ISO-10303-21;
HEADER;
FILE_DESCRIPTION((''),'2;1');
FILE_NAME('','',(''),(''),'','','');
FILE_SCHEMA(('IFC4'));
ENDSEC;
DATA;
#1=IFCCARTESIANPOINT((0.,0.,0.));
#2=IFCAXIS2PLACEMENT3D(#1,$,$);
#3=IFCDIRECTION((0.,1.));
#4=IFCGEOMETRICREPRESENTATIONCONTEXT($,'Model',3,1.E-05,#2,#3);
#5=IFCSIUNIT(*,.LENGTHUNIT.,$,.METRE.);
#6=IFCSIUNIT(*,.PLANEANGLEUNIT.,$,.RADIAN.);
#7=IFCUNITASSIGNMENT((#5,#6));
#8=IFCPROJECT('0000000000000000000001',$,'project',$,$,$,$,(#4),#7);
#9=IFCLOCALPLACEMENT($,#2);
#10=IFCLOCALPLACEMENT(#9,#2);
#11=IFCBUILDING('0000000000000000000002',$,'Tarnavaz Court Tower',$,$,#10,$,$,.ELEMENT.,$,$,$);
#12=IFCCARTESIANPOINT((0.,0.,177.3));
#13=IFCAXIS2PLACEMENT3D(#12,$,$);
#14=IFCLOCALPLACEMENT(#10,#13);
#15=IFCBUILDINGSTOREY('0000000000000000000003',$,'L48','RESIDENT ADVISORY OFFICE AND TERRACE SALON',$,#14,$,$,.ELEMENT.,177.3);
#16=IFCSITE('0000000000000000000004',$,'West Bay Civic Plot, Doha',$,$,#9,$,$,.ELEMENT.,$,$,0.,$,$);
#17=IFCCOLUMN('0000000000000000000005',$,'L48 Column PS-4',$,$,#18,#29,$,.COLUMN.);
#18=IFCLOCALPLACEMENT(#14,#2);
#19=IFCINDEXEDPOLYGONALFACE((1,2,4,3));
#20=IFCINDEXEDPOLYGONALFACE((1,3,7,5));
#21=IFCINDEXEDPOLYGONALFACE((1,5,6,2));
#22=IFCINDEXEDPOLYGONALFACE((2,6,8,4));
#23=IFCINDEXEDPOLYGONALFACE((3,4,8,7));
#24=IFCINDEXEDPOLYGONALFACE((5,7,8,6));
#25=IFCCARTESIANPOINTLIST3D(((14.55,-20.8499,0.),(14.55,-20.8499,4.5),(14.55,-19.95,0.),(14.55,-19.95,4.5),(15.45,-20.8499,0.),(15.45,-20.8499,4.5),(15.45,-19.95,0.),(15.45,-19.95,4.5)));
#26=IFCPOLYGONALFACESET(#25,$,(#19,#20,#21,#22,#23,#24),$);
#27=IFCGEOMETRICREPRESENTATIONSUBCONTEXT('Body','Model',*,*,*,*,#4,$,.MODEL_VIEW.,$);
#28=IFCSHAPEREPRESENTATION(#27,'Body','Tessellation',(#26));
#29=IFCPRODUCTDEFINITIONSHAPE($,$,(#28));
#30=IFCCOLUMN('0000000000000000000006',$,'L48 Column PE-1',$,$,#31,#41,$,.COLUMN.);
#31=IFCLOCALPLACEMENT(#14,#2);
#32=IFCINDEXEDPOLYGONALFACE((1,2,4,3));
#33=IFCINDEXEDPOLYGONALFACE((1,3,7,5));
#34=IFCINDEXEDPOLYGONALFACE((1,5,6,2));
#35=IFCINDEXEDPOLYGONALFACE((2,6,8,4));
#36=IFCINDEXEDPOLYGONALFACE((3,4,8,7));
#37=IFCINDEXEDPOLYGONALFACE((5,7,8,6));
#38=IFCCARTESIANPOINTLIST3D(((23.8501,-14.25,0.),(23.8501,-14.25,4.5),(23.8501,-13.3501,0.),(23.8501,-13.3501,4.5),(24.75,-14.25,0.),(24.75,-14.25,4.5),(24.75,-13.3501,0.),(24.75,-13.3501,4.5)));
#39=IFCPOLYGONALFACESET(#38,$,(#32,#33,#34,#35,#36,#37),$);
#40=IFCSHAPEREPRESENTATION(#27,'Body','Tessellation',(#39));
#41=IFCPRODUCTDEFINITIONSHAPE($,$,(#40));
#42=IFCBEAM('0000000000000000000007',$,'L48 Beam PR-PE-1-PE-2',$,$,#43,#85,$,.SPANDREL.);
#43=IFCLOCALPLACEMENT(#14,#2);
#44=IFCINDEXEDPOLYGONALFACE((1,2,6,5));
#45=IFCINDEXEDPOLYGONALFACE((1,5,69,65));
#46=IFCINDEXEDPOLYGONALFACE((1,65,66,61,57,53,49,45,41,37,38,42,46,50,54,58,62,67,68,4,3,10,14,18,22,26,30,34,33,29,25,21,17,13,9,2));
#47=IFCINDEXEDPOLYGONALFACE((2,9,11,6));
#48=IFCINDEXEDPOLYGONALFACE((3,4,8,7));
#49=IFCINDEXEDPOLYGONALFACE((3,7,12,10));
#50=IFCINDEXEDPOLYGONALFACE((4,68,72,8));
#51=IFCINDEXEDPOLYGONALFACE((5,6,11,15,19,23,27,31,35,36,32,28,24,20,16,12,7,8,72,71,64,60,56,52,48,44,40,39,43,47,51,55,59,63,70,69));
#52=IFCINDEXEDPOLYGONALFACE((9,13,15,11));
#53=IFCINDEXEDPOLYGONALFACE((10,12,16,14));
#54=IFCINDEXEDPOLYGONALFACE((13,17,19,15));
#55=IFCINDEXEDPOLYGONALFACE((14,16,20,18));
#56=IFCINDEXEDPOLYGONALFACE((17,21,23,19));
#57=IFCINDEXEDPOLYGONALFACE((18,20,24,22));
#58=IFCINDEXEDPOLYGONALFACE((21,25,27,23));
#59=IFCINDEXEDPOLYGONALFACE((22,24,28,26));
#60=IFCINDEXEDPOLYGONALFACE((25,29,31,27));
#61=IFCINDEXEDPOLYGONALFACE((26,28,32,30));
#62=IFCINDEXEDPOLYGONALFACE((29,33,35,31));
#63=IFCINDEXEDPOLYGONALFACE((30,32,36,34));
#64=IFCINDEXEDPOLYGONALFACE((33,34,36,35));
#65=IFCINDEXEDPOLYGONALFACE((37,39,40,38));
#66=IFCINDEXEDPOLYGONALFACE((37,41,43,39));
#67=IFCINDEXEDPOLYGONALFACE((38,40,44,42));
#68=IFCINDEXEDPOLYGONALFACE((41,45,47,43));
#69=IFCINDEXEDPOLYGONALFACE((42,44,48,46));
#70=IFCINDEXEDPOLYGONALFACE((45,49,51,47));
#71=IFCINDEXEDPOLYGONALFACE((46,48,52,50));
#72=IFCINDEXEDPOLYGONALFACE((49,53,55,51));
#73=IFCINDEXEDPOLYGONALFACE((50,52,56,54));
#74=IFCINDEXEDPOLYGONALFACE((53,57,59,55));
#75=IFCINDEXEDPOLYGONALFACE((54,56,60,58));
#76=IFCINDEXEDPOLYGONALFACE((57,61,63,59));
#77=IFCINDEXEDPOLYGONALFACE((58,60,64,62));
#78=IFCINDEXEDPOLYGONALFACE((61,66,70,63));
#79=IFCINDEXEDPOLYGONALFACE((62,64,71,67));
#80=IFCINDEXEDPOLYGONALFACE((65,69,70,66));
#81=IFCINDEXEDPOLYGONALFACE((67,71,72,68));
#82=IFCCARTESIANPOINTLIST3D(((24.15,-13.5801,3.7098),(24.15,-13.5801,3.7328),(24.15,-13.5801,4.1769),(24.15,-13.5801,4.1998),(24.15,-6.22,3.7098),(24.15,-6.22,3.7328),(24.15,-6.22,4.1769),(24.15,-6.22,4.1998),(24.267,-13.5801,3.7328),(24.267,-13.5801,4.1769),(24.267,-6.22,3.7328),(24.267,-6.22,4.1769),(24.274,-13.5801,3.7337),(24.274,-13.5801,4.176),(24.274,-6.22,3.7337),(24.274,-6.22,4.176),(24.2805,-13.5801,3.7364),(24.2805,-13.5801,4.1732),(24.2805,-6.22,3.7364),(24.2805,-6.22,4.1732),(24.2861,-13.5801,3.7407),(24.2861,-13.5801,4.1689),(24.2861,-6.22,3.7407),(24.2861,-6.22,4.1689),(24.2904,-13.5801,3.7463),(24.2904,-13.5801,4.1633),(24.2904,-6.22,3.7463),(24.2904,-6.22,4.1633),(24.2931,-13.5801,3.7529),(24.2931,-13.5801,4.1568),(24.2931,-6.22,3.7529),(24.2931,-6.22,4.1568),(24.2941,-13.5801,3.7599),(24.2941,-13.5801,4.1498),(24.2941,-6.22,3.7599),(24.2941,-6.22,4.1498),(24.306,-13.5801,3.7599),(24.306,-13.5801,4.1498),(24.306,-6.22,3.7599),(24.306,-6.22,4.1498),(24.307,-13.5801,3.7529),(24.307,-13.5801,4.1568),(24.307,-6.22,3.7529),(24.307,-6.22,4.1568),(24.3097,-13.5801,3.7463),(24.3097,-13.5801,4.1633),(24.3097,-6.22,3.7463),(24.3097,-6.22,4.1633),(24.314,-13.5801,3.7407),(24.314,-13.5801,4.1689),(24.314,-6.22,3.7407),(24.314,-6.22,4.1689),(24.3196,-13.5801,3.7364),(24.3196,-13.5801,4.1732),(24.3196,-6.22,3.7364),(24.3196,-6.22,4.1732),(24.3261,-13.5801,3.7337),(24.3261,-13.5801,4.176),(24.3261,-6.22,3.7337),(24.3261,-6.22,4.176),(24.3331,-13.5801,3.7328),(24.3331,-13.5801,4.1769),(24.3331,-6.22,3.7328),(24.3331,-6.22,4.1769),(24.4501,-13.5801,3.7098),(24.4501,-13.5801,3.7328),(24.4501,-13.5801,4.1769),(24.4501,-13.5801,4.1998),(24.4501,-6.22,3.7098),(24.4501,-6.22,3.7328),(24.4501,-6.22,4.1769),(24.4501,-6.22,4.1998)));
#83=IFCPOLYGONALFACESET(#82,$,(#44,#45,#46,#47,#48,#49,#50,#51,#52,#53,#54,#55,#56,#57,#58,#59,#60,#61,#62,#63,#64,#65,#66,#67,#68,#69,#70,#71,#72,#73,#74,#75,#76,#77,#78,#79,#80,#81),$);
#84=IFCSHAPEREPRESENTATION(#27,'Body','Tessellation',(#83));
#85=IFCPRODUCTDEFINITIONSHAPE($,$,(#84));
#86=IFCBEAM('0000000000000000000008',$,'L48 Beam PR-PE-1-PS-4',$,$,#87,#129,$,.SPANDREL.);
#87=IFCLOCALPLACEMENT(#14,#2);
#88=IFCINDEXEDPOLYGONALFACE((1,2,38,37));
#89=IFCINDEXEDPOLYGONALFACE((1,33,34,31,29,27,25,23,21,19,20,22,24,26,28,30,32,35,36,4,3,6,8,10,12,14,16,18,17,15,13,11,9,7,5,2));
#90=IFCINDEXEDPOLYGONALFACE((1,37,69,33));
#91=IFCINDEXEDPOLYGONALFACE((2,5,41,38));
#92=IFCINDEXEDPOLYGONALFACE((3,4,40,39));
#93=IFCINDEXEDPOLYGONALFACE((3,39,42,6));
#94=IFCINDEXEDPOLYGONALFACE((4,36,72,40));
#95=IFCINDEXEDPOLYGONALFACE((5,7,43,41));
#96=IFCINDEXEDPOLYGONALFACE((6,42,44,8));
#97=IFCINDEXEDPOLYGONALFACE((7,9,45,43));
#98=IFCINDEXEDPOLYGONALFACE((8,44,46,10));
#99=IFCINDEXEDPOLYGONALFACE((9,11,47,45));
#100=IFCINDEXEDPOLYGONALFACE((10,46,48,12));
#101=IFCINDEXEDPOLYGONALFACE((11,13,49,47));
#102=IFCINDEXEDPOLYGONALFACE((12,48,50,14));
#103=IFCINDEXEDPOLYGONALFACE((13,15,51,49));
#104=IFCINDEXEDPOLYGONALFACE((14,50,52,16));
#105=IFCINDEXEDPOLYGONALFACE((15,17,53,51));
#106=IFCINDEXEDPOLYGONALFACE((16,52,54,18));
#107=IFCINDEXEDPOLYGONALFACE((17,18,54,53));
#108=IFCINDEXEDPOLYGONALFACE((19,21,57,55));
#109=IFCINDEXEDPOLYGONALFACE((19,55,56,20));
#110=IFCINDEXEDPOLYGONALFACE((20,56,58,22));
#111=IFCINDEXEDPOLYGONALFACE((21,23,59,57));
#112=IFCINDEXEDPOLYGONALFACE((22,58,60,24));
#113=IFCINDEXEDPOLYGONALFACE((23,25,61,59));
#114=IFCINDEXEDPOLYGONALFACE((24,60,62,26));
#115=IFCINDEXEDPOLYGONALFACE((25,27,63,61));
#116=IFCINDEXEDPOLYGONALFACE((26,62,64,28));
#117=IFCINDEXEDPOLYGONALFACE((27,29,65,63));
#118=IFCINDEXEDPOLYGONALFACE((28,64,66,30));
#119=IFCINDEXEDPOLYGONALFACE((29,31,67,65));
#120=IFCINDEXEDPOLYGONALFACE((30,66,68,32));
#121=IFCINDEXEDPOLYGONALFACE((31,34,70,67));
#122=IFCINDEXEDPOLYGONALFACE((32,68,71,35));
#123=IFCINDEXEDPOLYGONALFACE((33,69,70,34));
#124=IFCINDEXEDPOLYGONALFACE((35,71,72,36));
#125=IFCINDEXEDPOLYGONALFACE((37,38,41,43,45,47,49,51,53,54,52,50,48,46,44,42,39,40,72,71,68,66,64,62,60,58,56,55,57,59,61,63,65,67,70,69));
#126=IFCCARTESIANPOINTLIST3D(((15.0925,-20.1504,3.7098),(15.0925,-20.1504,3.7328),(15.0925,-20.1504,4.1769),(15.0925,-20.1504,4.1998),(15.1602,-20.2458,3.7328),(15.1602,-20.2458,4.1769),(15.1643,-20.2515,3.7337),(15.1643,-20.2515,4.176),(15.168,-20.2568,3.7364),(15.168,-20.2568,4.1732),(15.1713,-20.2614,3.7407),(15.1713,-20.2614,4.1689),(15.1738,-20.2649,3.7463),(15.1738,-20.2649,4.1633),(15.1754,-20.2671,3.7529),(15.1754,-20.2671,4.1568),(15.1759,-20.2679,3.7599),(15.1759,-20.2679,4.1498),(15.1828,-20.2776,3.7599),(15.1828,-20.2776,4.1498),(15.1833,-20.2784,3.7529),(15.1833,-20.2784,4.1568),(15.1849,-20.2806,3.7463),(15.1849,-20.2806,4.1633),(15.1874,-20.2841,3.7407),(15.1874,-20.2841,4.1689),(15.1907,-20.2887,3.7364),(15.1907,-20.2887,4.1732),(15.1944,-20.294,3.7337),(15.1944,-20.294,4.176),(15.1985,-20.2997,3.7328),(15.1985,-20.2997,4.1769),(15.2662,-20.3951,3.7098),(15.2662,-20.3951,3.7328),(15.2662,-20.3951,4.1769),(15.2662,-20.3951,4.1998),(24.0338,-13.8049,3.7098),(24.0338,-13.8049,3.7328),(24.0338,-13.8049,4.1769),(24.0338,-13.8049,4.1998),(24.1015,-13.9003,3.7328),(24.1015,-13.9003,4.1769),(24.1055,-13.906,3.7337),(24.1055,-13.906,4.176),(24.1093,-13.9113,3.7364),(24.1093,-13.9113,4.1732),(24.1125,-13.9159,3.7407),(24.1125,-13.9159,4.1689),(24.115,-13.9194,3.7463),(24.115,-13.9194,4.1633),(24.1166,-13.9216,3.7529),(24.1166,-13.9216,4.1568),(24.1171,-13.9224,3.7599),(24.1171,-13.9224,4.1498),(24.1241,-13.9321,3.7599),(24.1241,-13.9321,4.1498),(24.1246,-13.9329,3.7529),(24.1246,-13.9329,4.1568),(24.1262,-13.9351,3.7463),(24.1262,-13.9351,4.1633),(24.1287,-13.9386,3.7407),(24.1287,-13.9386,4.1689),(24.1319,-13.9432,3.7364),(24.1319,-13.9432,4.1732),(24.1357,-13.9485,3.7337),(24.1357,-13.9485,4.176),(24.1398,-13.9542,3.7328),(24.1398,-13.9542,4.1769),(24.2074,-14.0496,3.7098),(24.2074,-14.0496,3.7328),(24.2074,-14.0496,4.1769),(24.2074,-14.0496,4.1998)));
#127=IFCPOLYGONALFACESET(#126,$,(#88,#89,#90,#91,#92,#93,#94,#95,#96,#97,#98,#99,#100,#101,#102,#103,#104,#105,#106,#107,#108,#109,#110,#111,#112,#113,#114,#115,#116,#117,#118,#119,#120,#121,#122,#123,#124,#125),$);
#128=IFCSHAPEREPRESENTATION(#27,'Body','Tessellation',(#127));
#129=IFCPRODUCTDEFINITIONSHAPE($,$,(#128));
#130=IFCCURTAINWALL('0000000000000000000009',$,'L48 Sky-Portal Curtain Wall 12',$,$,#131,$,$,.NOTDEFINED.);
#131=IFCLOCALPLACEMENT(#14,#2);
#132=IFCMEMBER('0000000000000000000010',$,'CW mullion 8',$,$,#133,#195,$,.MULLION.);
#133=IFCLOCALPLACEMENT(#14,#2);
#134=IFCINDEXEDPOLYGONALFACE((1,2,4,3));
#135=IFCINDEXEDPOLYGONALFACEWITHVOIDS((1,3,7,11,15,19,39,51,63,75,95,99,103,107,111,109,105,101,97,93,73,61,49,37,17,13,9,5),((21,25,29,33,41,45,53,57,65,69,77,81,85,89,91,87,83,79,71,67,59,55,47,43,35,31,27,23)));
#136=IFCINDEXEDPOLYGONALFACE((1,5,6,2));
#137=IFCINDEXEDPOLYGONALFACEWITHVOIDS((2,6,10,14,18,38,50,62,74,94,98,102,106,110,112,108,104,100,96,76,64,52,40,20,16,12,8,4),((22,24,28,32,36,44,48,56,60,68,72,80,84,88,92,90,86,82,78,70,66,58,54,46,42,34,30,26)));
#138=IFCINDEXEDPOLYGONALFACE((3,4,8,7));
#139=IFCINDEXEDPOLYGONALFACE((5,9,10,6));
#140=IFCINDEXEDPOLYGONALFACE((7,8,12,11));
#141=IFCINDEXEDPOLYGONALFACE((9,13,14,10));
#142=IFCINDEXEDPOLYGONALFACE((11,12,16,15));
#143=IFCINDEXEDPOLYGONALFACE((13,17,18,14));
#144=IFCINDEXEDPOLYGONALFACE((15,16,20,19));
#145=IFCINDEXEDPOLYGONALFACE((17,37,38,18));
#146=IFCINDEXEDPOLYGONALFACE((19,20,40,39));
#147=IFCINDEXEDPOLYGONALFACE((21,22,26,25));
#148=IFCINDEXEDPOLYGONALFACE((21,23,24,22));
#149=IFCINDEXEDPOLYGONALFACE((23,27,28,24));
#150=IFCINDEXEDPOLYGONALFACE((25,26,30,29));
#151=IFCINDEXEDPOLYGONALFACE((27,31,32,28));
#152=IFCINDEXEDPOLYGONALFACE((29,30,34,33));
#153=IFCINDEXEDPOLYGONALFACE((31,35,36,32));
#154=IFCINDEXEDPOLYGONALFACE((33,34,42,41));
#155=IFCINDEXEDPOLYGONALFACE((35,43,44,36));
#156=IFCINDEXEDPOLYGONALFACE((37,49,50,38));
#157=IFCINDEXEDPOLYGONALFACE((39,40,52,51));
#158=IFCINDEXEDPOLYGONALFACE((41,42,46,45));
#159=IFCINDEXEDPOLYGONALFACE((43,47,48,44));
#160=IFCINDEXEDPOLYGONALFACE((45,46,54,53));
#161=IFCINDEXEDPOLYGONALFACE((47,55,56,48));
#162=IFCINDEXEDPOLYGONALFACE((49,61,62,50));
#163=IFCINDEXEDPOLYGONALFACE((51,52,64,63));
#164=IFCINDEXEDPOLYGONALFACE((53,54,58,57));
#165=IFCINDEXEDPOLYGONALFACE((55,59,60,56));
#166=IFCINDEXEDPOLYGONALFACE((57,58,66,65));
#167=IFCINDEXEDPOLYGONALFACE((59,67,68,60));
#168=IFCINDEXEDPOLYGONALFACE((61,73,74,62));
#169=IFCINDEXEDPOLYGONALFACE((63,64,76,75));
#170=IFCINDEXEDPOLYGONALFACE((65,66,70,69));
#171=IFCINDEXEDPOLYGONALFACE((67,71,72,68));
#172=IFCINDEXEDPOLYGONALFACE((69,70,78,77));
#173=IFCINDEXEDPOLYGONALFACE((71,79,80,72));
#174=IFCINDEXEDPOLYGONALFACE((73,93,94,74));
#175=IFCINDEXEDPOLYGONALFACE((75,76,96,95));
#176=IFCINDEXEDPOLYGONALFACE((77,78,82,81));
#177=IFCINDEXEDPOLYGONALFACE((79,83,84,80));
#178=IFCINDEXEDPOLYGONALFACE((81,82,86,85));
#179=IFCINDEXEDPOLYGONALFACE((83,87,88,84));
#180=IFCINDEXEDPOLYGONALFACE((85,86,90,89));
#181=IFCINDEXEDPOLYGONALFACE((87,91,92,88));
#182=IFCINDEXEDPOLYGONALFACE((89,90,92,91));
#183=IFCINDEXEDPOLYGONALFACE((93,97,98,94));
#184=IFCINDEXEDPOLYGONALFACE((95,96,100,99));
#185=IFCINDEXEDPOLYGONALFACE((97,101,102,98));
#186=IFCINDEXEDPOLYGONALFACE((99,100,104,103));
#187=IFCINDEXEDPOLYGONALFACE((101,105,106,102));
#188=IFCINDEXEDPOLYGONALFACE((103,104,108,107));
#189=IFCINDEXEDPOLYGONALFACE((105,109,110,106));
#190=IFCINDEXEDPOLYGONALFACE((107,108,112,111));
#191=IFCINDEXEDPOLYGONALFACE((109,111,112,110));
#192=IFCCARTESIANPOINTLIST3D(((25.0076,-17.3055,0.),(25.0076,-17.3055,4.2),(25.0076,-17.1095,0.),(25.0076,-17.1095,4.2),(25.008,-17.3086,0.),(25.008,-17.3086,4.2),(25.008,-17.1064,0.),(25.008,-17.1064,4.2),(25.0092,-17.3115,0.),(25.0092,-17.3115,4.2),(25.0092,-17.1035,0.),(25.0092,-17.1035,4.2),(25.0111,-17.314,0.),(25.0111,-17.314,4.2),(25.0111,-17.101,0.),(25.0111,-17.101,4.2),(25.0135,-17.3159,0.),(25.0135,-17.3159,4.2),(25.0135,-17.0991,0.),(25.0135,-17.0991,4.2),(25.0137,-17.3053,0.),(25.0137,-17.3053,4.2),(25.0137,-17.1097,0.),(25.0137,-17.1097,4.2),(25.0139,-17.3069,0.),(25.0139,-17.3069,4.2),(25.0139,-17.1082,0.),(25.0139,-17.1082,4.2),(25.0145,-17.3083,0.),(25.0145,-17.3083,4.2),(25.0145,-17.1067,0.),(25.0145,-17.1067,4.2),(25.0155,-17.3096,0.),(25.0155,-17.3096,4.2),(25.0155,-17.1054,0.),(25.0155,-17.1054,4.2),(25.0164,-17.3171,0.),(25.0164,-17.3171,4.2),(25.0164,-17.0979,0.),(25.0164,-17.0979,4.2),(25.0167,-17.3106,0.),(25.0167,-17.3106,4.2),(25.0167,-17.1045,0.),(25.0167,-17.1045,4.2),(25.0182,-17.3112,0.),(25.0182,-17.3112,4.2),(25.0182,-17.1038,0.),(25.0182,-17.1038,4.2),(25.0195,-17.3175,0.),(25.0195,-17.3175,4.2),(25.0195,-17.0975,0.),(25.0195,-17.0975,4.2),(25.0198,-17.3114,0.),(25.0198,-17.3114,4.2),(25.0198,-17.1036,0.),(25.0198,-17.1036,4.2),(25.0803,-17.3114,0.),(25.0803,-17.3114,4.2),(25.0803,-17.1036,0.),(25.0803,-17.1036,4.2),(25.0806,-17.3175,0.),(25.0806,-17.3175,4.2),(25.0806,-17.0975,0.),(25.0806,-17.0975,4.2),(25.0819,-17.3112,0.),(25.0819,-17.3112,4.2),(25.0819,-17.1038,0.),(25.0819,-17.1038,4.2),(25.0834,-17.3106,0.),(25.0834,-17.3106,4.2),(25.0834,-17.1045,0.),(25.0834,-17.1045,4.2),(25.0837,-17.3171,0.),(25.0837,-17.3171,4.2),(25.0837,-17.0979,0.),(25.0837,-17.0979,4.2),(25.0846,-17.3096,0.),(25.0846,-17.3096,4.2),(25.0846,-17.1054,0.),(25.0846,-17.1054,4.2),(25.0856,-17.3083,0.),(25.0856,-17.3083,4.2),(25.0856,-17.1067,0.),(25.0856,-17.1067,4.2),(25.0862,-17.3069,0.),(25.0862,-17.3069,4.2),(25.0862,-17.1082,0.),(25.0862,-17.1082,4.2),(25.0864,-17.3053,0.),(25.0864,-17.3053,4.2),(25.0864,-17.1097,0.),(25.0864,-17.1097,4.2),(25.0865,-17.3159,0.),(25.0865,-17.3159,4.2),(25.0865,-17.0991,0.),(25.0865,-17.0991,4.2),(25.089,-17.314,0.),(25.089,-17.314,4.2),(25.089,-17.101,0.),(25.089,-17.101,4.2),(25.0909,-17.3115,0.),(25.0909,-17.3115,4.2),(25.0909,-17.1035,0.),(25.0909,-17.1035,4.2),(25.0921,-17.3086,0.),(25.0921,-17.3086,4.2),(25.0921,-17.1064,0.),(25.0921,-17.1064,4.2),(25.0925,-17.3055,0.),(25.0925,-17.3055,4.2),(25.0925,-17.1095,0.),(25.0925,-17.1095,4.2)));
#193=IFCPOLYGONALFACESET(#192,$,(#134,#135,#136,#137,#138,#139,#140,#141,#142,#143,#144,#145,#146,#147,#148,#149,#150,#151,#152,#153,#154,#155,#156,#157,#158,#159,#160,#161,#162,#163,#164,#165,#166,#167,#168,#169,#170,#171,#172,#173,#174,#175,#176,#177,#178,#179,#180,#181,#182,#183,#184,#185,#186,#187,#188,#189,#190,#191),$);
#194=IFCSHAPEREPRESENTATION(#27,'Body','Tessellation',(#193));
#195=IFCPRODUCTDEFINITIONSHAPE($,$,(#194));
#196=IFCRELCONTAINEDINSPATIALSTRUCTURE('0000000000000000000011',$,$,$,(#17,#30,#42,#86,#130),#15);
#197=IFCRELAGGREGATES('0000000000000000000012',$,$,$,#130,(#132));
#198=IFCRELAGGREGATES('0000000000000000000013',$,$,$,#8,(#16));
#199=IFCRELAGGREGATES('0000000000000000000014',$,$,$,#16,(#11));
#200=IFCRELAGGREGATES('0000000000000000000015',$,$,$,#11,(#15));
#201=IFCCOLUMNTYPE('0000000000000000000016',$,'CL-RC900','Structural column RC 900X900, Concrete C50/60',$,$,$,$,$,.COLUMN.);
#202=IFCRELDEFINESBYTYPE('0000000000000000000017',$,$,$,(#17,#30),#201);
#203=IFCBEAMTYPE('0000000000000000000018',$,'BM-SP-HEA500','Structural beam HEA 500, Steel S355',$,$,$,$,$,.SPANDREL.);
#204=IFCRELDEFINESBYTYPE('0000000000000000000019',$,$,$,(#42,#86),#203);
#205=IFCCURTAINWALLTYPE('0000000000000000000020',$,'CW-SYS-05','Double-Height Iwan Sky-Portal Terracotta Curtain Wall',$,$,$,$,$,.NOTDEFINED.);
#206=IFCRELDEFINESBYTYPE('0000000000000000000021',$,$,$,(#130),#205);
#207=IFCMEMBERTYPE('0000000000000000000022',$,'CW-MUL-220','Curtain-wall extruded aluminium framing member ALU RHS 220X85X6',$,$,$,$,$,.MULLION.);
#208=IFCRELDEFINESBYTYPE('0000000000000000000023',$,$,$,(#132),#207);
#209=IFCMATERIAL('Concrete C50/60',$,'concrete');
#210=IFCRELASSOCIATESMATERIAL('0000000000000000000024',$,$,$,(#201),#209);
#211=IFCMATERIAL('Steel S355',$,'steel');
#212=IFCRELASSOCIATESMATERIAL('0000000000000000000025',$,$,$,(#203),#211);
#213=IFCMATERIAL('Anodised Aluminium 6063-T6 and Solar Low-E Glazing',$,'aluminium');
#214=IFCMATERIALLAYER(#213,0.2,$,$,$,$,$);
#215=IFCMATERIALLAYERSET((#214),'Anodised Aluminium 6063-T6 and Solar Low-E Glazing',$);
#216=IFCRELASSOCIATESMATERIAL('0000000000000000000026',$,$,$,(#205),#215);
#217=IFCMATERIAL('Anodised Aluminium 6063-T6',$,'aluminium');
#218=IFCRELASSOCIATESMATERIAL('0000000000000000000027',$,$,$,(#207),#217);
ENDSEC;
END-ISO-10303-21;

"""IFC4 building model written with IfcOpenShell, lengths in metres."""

from ifc_helpers import new_model, si_unit, direction, frame, origin, origin_2d, place, context, subcontext, project, spatial, rectangle, hollow_rectangle, i_section, extrude, material, layer, layer_set, material_profile, profile_set, type_object, element, aggregate, save


model = new_model("IFC4")

# Units and contexts
model_context = context("Model", 3, precision=1e-05, world=origin(), true_north=direction((0.0, 1.0)))
body_context = subcontext(model_context, "Body", "Model", "MODEL_VIEW")
ifc_project = project(units=[si_unit("LENGTHUNIT", "METRE"), si_unit("PLANEANGLEUNIT", "RADIAN")], contexts=[model_context])

# Site, building, storey
site_placement = place(None, origin())
site = spatial("IfcSite", under=ifc_project, at=site_placement, Name="West Bay Civic Plot, Doha", CompositionType="ELEMENT", RefElevation=0.0)
building_placement = place(site_placement, origin())
building = spatial("IfcBuilding", under=site, at=building_placement, Name="Tarnavaz Court Tower", CompositionType="ELEMENT")
storey_placement = place(building_placement, frame((0.0, 0.0, 177.3)))
storey = spatial("IfcBuildingStorey", under=building, at=storey_placement, Name="L48", Description="RESIDENT ADVISORY OFFICE AND TERRACE SALON", CompositionType="ELEMENT", Elevation=177.3)

# Columns
ifc_material_1 = material(Name="Concrete C50/60", Category="concrete")
ifc_material_profile_1 = material_profile(ifc_material_1, rectangle(XDim=0.8999, YDim=0.8999, at=origin_2d()), Name="RC 900X900")
ifc_profile_set_1 = profile_set([ifc_material_profile_1], Name="Concrete C50/60")
column_type = type_object("IfcColumnType", Name="CL-RC900", Description="Structural column RC 900X900, Concrete C50/60", PredefinedType="COLUMN", material=ifc_profile_set_1)
for number, where, z_axis, x_axis, name in (
    (1, (15.0, -20.3999, 0.0), (0.0, 0.0, 1.0), (1.0, 0.0, 0.0), "L48 Column PS-4"),
    (2, (24.3, -13.8, 0.0), (0.0, 0.0, 1.0), (1.0, 0.0, 0.0), "L48 Column PE-1"),
):
    element("IfcColumn", number, at=place(storey_placement, frame(where, z_axis=z_axis, x_axis=x_axis)), inside=storey, type_object=column_type, Name=name, PredefinedType="COLUMN", context=body_context, shape_type="SweptSolid", body=[
        extrude(rectangle(XDim=0.8999, YDim=0.8999, at=origin_2d()), origin(), (0.0, 0.0, 1.0), 4.5),
    ])

# Beams
ifc_material_2 = material(Name="Steel S355", Category="steel")
ifc_material_profile_2 = material_profile(ifc_material_2, i_section(OverallWidth=0.3, OverallDepth=0.49, WebThickness=0.012, FlangeThickness=0.0229, FilletRadius=0.0271, at=origin_2d()), Name="HEA 500")
ifc_profile_set_2 = profile_set([ifc_material_profile_2], Name="Steel S355")
beam_type = type_object("IfcBeamType", Name="BM-SP-HEA500", Description="Structural beam HEA 500, Steel S355", PredefinedType="SPANDREL", material=ifc_profile_set_2)
beam_1_placement = place(storey_placement, frame((24.3, -13.5801, 3.9548), z_axis=(0.0, 1.0, 0.0), x_axis=(-1.0, 0.0, 0.0)))
element("IfcBeam", 3, at=beam_1_placement, inside=storey, type_object=beam_type, Name="L48 Beam PR-PE-1-PE-2", PredefinedType="SPANDREL", context=body_context, shape_type="SweptSolid", body=[
    extrude(i_section(OverallWidth=0.3, OverallDepth=0.49, WebThickness=0.012, FlangeThickness=0.0229, FilletRadius=0.0271, at=origin_2d()), origin(), (0.0, 0.0, 1.0), 7.3601),
])
beam_2_placement = place(storey_placement, frame((24.1206, -13.9272, 3.9548), z_axis=(-0.815502, -0.578754, 0.0), x_axis=(0.578754, -0.815502, 0.0)))
element("IfcBeam", 4, at=beam_2_placement, inside=storey, type_object=beam_type, Name="L48 Beam PR-PE-1-PS-4", PredefinedType="SPANDREL", context=body_context, shape_type="SweptSolid", body=[
    extrude(i_section(OverallWidth=0.3, OverallDepth=0.49, WebThickness=0.012, FlangeThickness=0.0229, FilletRadius=0.0271, at=origin_2d()), origin(), (0.0, 0.0, 1.0), 10.9641),
])

# Curtain wall, member
ifc_material_3 = material(Name="Anodised Aluminium 6063-T6 and Solar Low-E Glazing", Category="aluminium")
ifc_layer_1 = layer(ifc_material_3, 0.2)
ifc_layer_set_1 = layer_set([ifc_layer_1], Name="Anodised Aluminium 6063-T6 and Solar Low-E Glazing")
curtain_wall_type = type_object("IfcCurtainWallType", Name="CW-SYS-05", Description="Double-Height Iwan Sky-Portal Terracotta Curtain Wall", PredefinedType="NOTDEFINED", material=ifc_layer_set_1)
curtain_wall_placement = place(storey_placement, origin())
curtain_wall = element("IfcCurtainWall", 5, at=curtain_wall_placement, inside=storey, type_object=curtain_wall_type, Name="L48 Sky-Portal Curtain Wall 12", PredefinedType="NOTDEFINED")
ifc_material_4 = material(Name="Anodised Aluminium 6063-T6", Category="aluminium")
ifc_material_profile_3 = material_profile(ifc_material_4, hollow_rectangle(XDim=0.085, YDim=0.22, WallThickness=0.0061, InnerFilletRadius=0.0061, OuterFilletRadius=0.012, at=origin_2d()), Name="ALU RHS 220X85X6")
ifc_profile_set_3 = profile_set([ifc_material_profile_3], Name="Anodised Aluminium 6063-T6")
member_type = type_object("IfcMemberType", Name="CW-MUL-220", Description="Curtain-wall extruded aluminium framing member ALU RHS 220X85X6", PredefinedType="MULLION", material=ifc_profile_set_3)
member_placement = place(storey_placement, frame((25.05, -17.2075, 0.0), z_axis=(0.0, 0.0, 1.0), x_axis=(1.0, 0.0, 0.0)))
member = element("IfcMember", 6, at=member_placement, type_object=member_type, Name="CW mullion 8", PredefinedType="MULLION", context=body_context, shape_type="SweptSolid", body=[
    extrude(hollow_rectangle(XDim=0.085, YDim=0.22, WallThickness=0.0061, InnerFilletRadius=0.0061, OuterFilletRadius=0.012, at=origin_2d()), origin(), (0.0, 0.0, 1.0), 4.2),
])
aggregate(curtain_wall, [member])

save(model, "model.ifc")
